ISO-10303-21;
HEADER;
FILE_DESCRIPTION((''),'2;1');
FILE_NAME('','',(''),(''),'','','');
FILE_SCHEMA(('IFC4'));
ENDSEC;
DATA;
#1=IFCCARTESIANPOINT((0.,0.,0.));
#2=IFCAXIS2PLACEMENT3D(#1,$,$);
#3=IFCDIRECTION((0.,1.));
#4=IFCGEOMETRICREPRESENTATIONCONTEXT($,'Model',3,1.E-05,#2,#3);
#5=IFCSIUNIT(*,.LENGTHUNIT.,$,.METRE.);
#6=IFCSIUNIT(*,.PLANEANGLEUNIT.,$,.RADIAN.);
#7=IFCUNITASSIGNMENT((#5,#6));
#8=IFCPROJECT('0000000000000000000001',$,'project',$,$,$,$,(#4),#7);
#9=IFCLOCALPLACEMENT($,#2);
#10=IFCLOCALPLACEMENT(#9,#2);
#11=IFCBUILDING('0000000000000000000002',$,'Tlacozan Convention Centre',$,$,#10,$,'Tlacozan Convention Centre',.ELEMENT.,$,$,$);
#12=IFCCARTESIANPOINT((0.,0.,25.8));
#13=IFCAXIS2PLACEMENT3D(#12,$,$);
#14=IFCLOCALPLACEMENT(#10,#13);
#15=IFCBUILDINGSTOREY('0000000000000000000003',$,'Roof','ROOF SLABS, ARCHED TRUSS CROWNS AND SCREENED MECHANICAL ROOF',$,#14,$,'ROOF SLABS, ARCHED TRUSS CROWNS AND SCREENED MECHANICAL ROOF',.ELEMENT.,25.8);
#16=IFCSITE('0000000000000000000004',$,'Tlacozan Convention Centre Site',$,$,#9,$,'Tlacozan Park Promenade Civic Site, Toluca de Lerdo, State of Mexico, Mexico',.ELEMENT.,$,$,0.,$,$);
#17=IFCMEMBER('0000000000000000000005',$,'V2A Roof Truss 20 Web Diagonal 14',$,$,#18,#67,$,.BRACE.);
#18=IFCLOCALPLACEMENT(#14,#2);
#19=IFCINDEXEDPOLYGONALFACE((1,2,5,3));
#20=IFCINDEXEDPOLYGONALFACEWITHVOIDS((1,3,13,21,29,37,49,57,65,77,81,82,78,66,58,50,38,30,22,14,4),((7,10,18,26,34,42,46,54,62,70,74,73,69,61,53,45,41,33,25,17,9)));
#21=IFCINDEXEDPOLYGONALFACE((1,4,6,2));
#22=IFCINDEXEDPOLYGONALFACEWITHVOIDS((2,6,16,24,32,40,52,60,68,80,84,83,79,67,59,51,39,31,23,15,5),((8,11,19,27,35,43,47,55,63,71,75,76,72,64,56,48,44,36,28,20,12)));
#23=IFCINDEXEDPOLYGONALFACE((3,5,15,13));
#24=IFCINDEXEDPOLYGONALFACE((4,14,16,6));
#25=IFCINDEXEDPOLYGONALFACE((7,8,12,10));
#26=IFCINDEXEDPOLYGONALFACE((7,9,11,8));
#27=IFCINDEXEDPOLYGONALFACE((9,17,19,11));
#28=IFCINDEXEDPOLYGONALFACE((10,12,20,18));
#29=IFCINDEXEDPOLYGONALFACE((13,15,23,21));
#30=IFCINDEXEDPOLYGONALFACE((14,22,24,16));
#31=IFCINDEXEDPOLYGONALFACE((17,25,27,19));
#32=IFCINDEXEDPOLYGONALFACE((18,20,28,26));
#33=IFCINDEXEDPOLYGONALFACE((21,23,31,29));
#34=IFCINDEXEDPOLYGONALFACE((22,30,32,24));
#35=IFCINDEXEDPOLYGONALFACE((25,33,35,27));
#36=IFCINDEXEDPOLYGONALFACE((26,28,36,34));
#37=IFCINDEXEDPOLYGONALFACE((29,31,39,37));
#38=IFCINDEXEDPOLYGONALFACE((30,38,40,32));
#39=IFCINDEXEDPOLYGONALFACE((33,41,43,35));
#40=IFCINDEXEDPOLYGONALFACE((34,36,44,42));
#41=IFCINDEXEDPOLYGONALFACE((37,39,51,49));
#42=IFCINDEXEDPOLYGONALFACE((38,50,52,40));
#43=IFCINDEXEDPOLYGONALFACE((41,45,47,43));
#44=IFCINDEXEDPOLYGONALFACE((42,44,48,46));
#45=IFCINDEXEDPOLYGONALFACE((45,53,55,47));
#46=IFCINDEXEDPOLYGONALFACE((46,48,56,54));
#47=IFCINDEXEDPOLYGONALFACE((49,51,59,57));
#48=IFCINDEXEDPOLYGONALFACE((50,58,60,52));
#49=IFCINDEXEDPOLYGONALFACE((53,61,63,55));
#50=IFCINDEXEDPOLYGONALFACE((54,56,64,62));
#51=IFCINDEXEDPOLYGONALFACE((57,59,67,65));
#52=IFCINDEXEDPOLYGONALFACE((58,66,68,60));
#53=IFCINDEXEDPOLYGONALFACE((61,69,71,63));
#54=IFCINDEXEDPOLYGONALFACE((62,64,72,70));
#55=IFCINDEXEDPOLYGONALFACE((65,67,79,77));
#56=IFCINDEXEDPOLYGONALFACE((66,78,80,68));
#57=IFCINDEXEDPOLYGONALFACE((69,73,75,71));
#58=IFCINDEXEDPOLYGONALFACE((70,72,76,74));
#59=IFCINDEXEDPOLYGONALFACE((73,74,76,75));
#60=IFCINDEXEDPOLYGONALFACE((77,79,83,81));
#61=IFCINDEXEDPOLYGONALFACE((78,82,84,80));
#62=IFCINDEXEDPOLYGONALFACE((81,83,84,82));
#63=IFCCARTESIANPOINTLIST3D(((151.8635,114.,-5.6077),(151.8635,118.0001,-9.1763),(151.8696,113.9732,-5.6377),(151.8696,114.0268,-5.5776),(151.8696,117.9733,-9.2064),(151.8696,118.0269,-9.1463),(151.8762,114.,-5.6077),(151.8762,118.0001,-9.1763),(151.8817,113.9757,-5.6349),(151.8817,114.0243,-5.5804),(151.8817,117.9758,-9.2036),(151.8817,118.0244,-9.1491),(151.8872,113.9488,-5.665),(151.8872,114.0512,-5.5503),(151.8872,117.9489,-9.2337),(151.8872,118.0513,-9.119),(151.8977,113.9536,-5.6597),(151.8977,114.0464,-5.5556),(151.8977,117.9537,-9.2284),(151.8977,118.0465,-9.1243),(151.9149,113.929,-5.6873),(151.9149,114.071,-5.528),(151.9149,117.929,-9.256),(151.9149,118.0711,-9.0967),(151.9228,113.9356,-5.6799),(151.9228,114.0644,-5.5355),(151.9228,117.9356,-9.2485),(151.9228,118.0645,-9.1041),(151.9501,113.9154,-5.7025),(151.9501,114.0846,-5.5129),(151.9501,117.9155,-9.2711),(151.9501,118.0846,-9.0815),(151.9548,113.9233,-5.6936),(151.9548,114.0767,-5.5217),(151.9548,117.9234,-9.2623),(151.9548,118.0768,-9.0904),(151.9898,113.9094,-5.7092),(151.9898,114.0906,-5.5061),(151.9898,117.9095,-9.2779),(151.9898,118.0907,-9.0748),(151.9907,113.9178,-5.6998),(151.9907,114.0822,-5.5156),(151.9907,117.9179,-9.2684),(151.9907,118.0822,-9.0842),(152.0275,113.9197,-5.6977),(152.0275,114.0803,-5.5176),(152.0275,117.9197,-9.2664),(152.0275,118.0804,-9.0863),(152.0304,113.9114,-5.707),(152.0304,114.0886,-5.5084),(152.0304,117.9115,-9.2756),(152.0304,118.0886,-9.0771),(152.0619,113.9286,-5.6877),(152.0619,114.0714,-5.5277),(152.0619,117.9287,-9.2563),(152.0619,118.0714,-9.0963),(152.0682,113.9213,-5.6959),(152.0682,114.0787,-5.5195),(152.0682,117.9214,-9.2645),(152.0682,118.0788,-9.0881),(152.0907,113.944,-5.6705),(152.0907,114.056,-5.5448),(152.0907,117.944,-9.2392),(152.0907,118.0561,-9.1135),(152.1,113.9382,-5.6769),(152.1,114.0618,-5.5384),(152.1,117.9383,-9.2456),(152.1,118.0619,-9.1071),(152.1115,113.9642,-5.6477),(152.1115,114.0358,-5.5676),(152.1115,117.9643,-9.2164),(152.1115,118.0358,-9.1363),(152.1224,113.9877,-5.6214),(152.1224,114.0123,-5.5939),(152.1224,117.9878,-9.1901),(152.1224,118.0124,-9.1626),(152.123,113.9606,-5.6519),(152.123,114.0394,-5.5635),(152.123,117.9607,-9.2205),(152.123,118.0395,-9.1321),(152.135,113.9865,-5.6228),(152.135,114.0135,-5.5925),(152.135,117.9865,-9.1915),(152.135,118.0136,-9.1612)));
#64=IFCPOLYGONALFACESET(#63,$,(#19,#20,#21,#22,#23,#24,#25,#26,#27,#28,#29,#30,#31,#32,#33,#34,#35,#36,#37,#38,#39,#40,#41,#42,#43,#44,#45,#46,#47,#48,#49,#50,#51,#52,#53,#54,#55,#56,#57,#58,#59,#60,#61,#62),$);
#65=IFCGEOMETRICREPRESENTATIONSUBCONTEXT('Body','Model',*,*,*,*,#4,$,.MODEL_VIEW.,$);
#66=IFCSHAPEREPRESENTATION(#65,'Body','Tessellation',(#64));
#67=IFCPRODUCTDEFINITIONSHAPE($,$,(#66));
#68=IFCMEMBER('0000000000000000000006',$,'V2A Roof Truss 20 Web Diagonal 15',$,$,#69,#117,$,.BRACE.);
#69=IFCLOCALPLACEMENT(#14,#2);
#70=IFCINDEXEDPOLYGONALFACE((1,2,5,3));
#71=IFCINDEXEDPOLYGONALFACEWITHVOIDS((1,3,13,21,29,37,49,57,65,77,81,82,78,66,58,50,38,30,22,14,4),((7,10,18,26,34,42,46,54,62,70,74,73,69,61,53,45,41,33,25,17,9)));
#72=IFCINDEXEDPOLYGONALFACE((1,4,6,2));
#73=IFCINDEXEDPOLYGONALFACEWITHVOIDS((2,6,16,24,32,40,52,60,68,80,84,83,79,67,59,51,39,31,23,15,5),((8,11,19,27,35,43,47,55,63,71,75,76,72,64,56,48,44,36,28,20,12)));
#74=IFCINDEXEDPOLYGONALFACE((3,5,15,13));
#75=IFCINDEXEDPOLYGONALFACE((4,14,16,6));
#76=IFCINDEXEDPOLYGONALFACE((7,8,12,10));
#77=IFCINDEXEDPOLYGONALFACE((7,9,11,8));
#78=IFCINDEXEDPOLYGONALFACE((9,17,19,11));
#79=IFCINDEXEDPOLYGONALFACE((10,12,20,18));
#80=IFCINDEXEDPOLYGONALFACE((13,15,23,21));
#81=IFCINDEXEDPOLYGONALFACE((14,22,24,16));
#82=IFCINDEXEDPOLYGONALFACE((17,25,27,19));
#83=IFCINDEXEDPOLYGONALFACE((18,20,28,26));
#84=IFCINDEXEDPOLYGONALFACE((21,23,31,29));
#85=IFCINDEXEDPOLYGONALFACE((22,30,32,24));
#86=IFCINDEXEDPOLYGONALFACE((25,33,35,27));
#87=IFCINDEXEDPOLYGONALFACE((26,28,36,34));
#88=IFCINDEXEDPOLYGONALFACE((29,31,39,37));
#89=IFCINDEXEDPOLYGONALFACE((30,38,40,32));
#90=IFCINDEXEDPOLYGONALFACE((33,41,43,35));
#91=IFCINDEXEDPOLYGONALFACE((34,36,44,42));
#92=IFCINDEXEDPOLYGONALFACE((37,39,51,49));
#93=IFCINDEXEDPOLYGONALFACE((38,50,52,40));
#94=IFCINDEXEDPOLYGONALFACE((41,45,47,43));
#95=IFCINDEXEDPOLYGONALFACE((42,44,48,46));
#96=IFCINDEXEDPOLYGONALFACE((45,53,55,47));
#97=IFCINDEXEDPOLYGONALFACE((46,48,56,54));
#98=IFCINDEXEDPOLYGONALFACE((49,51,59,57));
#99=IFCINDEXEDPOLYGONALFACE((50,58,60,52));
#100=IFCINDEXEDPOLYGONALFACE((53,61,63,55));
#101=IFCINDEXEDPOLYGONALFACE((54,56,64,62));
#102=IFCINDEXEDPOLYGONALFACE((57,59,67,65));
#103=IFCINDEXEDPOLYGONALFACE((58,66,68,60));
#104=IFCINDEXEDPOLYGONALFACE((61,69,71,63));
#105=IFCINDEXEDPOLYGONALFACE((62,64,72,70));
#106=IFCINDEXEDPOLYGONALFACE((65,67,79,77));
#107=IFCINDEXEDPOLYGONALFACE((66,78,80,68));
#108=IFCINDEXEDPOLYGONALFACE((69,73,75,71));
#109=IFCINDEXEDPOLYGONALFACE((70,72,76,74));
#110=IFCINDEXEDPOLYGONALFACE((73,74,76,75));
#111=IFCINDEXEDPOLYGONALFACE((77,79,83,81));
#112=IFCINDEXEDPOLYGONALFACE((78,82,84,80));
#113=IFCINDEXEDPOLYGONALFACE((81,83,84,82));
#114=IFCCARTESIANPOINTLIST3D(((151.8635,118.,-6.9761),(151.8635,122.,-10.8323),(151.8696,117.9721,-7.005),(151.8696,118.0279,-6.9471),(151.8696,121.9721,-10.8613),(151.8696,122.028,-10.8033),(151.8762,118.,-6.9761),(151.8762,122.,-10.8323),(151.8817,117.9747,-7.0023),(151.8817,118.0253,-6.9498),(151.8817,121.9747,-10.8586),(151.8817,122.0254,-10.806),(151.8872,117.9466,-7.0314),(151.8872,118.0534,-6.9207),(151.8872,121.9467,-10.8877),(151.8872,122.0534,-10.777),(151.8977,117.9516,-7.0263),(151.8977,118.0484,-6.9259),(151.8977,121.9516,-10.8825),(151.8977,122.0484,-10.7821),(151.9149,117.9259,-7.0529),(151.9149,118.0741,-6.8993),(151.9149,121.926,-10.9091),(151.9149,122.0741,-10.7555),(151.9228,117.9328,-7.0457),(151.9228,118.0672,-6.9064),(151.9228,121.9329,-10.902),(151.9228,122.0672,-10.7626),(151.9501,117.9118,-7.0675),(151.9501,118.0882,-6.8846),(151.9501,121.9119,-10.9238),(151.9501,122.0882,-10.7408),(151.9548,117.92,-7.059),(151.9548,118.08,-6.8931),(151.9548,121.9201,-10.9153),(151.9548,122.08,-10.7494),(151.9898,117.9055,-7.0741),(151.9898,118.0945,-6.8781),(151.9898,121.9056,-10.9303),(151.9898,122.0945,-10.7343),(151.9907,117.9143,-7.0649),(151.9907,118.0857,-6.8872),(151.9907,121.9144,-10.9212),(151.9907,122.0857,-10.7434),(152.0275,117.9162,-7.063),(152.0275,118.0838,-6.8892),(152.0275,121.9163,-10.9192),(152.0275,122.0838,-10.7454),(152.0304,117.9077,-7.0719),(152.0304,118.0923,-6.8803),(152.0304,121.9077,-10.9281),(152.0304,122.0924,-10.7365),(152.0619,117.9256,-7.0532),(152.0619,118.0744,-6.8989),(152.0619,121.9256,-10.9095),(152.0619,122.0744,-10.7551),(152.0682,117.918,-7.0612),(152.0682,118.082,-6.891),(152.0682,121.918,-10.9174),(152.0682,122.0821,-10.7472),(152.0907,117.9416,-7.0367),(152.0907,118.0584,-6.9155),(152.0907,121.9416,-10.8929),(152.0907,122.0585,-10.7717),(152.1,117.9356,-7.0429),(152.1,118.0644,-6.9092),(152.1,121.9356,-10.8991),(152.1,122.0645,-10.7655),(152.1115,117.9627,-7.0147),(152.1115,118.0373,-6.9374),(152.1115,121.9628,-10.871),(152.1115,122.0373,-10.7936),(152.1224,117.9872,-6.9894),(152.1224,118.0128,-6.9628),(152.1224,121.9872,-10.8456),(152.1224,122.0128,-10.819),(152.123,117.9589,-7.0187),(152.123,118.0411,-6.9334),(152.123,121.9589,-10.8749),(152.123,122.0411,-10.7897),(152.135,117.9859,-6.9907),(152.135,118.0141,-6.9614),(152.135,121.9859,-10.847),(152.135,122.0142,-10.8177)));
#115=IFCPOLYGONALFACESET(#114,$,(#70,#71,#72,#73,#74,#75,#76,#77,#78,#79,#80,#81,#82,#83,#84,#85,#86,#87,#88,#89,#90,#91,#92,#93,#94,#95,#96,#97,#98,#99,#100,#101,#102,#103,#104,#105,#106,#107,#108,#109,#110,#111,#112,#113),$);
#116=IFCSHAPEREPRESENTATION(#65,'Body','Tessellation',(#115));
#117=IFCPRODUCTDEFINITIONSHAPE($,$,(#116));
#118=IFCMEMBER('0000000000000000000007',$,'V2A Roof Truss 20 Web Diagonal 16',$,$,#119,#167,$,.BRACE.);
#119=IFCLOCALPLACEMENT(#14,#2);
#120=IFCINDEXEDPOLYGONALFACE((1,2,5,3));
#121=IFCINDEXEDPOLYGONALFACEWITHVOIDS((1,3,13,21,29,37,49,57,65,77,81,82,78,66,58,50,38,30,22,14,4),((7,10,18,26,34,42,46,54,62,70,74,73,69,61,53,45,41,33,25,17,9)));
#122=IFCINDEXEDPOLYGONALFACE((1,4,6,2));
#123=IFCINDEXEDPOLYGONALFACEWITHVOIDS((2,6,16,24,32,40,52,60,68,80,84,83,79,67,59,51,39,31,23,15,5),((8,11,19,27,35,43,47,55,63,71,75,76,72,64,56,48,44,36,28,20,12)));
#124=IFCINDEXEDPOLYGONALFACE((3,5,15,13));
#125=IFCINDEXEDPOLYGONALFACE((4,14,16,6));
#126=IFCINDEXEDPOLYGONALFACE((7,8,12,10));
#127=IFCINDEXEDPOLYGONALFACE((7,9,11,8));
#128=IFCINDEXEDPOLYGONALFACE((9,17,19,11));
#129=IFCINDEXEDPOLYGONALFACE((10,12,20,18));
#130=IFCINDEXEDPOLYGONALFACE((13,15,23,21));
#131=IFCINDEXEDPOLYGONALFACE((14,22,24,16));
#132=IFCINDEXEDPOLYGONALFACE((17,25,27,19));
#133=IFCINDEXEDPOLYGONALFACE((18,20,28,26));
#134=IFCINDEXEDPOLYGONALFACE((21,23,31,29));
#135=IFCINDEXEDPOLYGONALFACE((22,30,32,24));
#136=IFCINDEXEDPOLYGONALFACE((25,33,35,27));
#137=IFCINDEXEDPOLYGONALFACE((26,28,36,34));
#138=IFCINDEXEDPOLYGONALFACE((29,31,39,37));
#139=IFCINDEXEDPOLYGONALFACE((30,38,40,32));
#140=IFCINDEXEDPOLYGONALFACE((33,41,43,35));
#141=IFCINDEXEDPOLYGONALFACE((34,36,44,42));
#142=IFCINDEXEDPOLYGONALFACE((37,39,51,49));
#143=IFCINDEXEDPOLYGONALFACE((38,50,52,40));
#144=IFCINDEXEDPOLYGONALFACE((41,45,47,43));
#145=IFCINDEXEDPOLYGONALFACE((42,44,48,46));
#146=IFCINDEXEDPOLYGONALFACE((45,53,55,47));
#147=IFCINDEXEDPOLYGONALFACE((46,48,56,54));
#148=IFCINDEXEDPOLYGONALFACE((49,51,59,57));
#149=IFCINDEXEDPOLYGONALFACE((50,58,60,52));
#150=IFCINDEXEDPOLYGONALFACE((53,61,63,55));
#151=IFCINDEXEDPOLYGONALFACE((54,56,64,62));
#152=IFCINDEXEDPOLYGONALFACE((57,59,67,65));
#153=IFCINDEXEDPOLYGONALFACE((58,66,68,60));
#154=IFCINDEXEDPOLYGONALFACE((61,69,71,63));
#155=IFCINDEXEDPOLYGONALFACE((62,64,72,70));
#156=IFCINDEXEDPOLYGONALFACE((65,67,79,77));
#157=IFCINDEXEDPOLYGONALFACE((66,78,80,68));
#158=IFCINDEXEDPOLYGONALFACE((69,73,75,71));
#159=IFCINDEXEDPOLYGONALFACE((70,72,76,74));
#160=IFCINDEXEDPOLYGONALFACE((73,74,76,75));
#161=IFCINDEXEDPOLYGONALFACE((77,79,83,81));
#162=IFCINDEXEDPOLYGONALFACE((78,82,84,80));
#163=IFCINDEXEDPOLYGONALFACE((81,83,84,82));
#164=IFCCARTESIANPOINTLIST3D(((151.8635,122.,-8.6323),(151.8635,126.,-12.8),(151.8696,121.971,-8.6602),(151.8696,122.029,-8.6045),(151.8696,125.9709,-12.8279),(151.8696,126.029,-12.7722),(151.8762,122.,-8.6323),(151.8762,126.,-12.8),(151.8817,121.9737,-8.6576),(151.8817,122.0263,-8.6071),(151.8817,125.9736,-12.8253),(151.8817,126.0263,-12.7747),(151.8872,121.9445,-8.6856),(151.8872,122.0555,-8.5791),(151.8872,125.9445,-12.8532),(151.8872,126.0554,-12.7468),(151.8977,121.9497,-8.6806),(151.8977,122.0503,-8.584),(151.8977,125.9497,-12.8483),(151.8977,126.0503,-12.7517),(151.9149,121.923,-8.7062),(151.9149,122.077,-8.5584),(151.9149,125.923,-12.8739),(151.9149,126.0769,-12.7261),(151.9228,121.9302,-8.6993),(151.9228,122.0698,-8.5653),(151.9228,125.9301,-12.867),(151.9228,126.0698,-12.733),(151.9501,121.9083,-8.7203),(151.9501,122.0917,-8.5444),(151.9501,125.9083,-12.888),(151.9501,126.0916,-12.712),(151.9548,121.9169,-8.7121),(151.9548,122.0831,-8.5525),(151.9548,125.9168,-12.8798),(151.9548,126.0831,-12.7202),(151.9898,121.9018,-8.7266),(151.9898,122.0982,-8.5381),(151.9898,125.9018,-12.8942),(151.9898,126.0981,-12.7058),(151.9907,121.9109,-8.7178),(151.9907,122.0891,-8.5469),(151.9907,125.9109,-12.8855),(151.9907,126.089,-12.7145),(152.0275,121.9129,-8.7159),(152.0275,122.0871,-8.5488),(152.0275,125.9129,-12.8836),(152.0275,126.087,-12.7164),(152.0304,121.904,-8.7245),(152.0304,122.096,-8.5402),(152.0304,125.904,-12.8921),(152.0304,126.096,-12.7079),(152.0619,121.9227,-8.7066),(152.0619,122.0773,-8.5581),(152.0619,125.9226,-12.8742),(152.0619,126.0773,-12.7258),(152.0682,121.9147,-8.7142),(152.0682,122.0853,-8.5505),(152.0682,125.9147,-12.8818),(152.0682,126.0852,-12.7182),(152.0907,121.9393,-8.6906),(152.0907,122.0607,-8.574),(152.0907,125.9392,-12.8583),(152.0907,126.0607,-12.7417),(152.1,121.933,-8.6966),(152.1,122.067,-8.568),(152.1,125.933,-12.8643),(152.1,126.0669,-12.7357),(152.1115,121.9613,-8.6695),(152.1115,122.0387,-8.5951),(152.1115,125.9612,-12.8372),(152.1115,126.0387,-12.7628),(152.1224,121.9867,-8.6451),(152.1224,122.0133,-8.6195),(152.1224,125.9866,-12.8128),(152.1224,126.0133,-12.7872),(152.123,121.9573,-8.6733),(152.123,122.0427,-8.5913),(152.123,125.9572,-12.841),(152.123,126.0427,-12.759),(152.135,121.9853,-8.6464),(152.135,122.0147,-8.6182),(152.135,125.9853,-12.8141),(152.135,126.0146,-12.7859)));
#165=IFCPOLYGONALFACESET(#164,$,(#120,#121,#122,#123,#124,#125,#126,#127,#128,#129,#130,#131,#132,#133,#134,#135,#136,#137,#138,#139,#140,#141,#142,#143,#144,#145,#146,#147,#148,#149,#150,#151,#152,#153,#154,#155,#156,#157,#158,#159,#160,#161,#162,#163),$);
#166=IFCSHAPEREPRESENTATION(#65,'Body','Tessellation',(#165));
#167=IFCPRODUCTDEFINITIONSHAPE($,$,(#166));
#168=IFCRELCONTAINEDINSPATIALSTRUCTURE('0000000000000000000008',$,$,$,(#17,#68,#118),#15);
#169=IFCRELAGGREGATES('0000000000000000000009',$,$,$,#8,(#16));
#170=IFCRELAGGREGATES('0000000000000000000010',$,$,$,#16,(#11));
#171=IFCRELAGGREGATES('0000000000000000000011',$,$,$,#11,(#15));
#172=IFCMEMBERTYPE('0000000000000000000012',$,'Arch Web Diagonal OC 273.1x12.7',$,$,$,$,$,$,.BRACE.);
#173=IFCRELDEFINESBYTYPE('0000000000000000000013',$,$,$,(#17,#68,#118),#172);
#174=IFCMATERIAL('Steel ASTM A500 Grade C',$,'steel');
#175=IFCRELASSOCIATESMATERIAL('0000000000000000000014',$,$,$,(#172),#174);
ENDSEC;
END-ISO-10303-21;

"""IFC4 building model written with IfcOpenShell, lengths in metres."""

from ifc_helpers import new_model, si_unit, direction, frame, origin, origin_2d, place, context, subcontext, project, spatial, hollow_circle, extrude, material, material_profile, profile_set, type_object, element, save


model = new_model("IFC4")

# Units and contexts
model_context = context("Model", 3, precision=1e-05, world=origin(), true_north=direction((0.0, 1.0)))
body_context = subcontext(model_context, "Body", "Model", "MODEL_VIEW")
ifc_project = project(units=[si_unit("LENGTHUNIT", "METRE"), si_unit("PLANEANGLEUNIT", "RADIAN")], contexts=[model_context])

# Site, building, storey
site_placement = place(None, origin())
site = spatial("IfcSite", under=ifc_project, at=site_placement, Name="Tlacozan Convention Centre Site", LongName="Tlacozan Park Promenade Civic Site, Toluca de Lerdo, State of Mexico, Mexico", CompositionType="ELEMENT", RefElevation=0.0)
building_placement = place(site_placement, origin())
building = spatial("IfcBuilding", under=site, at=building_placement, Name="Tlacozan Convention Centre", LongName="Tlacozan Convention Centre", CompositionType="ELEMENT")
storey_placement = place(building_placement, frame((0.0, 0.0, 25.8)))
storey = spatial("IfcBuildingStorey", under=building, at=storey_placement, Name="Roof", Description="ROOF SLABS, ARCHED TRUSS CROWNS AND SCREENED MECHANICAL ROOF", LongName="ROOF SLABS, ARCHED TRUSS CROWNS AND SCREENED MECHANICAL ROOF", CompositionType="ELEMENT", Elevation=25.8)

# Members
ifc_material_1 = material(Name="Steel ASTM A500 Grade C", Category="steel")
ifc_material_profile_1 = material_profile(ifc_material_1, hollow_circle(Radius=0.1365, WallThickness=0.0127, at=origin_2d()), Name="OC 273.1x12.7")
ifc_profile_set_1 = profile_set([ifc_material_profile_1], Name="Steel ASTM A500 Grade C")
member_type_1 = type_object("IfcMemberType", Name="Arch Web Diagonal OC 273.1x12.7", PredefinedType="BRACE", material=ifc_profile_set_1)
member_1_placement = place(storey_placement, frame((152.0, 114.0, -5.6077), z_axis=(0.0, 0.746199, -0.665722), x_axis=(-1.0, 0.0, 0.0)))
element("IfcMember", 1, at=member_1_placement, inside=storey, type_object=member_type_1, Name="V2A Roof Truss 20 Web Diagonal 14", PredefinedType="BRACE", context=body_context, shape_type="SweptSolid", body=[
    extrude(hollow_circle(Radius=0.1365, WallThickness=0.0127, at=origin_2d()), origin(), (0.0, 0.0, 1.0), 5.3606),
])
member_2_placement = place(storey_placement, frame((152.0, 118.0, -6.9761), z_axis=(0.0, 0.719929, -0.694048), x_axis=(-1.0, 0.0, 0.0)))
element("IfcMember", 2, at=member_2_placement, inside=storey, type_object=member_type_1, Name="V2A Roof Truss 20 Web Diagonal 15", PredefinedType="BRACE", context=body_context, shape_type="SweptSolid", body=[
    extrude(hollow_circle(Radius=0.1365, WallThickness=0.0127, at=origin_2d()), origin(), (0.0, 0.0, 1.0), 5.5562),
])
member_3_placement = place(storey_placement, frame((152.0, 122.0, -8.6323), z_axis=(0.0, 0.69244, -0.721475), x_axis=(-1.0, 0.0, 0.0)))
element("IfcMember", 3, at=member_3_placement, inside=storey, type_object=member_type_1, Name="V2A Roof Truss 20 Web Diagonal 16", PredefinedType="BRACE", context=body_context, shape_type="SweptSolid", body=[
    extrude(hollow_circle(Radius=0.1365, WallThickness=0.0127, at=origin_2d()), origin(), (0.0, 0.0, 1.0), 5.7766),
])

save(model, "model.ifc")
